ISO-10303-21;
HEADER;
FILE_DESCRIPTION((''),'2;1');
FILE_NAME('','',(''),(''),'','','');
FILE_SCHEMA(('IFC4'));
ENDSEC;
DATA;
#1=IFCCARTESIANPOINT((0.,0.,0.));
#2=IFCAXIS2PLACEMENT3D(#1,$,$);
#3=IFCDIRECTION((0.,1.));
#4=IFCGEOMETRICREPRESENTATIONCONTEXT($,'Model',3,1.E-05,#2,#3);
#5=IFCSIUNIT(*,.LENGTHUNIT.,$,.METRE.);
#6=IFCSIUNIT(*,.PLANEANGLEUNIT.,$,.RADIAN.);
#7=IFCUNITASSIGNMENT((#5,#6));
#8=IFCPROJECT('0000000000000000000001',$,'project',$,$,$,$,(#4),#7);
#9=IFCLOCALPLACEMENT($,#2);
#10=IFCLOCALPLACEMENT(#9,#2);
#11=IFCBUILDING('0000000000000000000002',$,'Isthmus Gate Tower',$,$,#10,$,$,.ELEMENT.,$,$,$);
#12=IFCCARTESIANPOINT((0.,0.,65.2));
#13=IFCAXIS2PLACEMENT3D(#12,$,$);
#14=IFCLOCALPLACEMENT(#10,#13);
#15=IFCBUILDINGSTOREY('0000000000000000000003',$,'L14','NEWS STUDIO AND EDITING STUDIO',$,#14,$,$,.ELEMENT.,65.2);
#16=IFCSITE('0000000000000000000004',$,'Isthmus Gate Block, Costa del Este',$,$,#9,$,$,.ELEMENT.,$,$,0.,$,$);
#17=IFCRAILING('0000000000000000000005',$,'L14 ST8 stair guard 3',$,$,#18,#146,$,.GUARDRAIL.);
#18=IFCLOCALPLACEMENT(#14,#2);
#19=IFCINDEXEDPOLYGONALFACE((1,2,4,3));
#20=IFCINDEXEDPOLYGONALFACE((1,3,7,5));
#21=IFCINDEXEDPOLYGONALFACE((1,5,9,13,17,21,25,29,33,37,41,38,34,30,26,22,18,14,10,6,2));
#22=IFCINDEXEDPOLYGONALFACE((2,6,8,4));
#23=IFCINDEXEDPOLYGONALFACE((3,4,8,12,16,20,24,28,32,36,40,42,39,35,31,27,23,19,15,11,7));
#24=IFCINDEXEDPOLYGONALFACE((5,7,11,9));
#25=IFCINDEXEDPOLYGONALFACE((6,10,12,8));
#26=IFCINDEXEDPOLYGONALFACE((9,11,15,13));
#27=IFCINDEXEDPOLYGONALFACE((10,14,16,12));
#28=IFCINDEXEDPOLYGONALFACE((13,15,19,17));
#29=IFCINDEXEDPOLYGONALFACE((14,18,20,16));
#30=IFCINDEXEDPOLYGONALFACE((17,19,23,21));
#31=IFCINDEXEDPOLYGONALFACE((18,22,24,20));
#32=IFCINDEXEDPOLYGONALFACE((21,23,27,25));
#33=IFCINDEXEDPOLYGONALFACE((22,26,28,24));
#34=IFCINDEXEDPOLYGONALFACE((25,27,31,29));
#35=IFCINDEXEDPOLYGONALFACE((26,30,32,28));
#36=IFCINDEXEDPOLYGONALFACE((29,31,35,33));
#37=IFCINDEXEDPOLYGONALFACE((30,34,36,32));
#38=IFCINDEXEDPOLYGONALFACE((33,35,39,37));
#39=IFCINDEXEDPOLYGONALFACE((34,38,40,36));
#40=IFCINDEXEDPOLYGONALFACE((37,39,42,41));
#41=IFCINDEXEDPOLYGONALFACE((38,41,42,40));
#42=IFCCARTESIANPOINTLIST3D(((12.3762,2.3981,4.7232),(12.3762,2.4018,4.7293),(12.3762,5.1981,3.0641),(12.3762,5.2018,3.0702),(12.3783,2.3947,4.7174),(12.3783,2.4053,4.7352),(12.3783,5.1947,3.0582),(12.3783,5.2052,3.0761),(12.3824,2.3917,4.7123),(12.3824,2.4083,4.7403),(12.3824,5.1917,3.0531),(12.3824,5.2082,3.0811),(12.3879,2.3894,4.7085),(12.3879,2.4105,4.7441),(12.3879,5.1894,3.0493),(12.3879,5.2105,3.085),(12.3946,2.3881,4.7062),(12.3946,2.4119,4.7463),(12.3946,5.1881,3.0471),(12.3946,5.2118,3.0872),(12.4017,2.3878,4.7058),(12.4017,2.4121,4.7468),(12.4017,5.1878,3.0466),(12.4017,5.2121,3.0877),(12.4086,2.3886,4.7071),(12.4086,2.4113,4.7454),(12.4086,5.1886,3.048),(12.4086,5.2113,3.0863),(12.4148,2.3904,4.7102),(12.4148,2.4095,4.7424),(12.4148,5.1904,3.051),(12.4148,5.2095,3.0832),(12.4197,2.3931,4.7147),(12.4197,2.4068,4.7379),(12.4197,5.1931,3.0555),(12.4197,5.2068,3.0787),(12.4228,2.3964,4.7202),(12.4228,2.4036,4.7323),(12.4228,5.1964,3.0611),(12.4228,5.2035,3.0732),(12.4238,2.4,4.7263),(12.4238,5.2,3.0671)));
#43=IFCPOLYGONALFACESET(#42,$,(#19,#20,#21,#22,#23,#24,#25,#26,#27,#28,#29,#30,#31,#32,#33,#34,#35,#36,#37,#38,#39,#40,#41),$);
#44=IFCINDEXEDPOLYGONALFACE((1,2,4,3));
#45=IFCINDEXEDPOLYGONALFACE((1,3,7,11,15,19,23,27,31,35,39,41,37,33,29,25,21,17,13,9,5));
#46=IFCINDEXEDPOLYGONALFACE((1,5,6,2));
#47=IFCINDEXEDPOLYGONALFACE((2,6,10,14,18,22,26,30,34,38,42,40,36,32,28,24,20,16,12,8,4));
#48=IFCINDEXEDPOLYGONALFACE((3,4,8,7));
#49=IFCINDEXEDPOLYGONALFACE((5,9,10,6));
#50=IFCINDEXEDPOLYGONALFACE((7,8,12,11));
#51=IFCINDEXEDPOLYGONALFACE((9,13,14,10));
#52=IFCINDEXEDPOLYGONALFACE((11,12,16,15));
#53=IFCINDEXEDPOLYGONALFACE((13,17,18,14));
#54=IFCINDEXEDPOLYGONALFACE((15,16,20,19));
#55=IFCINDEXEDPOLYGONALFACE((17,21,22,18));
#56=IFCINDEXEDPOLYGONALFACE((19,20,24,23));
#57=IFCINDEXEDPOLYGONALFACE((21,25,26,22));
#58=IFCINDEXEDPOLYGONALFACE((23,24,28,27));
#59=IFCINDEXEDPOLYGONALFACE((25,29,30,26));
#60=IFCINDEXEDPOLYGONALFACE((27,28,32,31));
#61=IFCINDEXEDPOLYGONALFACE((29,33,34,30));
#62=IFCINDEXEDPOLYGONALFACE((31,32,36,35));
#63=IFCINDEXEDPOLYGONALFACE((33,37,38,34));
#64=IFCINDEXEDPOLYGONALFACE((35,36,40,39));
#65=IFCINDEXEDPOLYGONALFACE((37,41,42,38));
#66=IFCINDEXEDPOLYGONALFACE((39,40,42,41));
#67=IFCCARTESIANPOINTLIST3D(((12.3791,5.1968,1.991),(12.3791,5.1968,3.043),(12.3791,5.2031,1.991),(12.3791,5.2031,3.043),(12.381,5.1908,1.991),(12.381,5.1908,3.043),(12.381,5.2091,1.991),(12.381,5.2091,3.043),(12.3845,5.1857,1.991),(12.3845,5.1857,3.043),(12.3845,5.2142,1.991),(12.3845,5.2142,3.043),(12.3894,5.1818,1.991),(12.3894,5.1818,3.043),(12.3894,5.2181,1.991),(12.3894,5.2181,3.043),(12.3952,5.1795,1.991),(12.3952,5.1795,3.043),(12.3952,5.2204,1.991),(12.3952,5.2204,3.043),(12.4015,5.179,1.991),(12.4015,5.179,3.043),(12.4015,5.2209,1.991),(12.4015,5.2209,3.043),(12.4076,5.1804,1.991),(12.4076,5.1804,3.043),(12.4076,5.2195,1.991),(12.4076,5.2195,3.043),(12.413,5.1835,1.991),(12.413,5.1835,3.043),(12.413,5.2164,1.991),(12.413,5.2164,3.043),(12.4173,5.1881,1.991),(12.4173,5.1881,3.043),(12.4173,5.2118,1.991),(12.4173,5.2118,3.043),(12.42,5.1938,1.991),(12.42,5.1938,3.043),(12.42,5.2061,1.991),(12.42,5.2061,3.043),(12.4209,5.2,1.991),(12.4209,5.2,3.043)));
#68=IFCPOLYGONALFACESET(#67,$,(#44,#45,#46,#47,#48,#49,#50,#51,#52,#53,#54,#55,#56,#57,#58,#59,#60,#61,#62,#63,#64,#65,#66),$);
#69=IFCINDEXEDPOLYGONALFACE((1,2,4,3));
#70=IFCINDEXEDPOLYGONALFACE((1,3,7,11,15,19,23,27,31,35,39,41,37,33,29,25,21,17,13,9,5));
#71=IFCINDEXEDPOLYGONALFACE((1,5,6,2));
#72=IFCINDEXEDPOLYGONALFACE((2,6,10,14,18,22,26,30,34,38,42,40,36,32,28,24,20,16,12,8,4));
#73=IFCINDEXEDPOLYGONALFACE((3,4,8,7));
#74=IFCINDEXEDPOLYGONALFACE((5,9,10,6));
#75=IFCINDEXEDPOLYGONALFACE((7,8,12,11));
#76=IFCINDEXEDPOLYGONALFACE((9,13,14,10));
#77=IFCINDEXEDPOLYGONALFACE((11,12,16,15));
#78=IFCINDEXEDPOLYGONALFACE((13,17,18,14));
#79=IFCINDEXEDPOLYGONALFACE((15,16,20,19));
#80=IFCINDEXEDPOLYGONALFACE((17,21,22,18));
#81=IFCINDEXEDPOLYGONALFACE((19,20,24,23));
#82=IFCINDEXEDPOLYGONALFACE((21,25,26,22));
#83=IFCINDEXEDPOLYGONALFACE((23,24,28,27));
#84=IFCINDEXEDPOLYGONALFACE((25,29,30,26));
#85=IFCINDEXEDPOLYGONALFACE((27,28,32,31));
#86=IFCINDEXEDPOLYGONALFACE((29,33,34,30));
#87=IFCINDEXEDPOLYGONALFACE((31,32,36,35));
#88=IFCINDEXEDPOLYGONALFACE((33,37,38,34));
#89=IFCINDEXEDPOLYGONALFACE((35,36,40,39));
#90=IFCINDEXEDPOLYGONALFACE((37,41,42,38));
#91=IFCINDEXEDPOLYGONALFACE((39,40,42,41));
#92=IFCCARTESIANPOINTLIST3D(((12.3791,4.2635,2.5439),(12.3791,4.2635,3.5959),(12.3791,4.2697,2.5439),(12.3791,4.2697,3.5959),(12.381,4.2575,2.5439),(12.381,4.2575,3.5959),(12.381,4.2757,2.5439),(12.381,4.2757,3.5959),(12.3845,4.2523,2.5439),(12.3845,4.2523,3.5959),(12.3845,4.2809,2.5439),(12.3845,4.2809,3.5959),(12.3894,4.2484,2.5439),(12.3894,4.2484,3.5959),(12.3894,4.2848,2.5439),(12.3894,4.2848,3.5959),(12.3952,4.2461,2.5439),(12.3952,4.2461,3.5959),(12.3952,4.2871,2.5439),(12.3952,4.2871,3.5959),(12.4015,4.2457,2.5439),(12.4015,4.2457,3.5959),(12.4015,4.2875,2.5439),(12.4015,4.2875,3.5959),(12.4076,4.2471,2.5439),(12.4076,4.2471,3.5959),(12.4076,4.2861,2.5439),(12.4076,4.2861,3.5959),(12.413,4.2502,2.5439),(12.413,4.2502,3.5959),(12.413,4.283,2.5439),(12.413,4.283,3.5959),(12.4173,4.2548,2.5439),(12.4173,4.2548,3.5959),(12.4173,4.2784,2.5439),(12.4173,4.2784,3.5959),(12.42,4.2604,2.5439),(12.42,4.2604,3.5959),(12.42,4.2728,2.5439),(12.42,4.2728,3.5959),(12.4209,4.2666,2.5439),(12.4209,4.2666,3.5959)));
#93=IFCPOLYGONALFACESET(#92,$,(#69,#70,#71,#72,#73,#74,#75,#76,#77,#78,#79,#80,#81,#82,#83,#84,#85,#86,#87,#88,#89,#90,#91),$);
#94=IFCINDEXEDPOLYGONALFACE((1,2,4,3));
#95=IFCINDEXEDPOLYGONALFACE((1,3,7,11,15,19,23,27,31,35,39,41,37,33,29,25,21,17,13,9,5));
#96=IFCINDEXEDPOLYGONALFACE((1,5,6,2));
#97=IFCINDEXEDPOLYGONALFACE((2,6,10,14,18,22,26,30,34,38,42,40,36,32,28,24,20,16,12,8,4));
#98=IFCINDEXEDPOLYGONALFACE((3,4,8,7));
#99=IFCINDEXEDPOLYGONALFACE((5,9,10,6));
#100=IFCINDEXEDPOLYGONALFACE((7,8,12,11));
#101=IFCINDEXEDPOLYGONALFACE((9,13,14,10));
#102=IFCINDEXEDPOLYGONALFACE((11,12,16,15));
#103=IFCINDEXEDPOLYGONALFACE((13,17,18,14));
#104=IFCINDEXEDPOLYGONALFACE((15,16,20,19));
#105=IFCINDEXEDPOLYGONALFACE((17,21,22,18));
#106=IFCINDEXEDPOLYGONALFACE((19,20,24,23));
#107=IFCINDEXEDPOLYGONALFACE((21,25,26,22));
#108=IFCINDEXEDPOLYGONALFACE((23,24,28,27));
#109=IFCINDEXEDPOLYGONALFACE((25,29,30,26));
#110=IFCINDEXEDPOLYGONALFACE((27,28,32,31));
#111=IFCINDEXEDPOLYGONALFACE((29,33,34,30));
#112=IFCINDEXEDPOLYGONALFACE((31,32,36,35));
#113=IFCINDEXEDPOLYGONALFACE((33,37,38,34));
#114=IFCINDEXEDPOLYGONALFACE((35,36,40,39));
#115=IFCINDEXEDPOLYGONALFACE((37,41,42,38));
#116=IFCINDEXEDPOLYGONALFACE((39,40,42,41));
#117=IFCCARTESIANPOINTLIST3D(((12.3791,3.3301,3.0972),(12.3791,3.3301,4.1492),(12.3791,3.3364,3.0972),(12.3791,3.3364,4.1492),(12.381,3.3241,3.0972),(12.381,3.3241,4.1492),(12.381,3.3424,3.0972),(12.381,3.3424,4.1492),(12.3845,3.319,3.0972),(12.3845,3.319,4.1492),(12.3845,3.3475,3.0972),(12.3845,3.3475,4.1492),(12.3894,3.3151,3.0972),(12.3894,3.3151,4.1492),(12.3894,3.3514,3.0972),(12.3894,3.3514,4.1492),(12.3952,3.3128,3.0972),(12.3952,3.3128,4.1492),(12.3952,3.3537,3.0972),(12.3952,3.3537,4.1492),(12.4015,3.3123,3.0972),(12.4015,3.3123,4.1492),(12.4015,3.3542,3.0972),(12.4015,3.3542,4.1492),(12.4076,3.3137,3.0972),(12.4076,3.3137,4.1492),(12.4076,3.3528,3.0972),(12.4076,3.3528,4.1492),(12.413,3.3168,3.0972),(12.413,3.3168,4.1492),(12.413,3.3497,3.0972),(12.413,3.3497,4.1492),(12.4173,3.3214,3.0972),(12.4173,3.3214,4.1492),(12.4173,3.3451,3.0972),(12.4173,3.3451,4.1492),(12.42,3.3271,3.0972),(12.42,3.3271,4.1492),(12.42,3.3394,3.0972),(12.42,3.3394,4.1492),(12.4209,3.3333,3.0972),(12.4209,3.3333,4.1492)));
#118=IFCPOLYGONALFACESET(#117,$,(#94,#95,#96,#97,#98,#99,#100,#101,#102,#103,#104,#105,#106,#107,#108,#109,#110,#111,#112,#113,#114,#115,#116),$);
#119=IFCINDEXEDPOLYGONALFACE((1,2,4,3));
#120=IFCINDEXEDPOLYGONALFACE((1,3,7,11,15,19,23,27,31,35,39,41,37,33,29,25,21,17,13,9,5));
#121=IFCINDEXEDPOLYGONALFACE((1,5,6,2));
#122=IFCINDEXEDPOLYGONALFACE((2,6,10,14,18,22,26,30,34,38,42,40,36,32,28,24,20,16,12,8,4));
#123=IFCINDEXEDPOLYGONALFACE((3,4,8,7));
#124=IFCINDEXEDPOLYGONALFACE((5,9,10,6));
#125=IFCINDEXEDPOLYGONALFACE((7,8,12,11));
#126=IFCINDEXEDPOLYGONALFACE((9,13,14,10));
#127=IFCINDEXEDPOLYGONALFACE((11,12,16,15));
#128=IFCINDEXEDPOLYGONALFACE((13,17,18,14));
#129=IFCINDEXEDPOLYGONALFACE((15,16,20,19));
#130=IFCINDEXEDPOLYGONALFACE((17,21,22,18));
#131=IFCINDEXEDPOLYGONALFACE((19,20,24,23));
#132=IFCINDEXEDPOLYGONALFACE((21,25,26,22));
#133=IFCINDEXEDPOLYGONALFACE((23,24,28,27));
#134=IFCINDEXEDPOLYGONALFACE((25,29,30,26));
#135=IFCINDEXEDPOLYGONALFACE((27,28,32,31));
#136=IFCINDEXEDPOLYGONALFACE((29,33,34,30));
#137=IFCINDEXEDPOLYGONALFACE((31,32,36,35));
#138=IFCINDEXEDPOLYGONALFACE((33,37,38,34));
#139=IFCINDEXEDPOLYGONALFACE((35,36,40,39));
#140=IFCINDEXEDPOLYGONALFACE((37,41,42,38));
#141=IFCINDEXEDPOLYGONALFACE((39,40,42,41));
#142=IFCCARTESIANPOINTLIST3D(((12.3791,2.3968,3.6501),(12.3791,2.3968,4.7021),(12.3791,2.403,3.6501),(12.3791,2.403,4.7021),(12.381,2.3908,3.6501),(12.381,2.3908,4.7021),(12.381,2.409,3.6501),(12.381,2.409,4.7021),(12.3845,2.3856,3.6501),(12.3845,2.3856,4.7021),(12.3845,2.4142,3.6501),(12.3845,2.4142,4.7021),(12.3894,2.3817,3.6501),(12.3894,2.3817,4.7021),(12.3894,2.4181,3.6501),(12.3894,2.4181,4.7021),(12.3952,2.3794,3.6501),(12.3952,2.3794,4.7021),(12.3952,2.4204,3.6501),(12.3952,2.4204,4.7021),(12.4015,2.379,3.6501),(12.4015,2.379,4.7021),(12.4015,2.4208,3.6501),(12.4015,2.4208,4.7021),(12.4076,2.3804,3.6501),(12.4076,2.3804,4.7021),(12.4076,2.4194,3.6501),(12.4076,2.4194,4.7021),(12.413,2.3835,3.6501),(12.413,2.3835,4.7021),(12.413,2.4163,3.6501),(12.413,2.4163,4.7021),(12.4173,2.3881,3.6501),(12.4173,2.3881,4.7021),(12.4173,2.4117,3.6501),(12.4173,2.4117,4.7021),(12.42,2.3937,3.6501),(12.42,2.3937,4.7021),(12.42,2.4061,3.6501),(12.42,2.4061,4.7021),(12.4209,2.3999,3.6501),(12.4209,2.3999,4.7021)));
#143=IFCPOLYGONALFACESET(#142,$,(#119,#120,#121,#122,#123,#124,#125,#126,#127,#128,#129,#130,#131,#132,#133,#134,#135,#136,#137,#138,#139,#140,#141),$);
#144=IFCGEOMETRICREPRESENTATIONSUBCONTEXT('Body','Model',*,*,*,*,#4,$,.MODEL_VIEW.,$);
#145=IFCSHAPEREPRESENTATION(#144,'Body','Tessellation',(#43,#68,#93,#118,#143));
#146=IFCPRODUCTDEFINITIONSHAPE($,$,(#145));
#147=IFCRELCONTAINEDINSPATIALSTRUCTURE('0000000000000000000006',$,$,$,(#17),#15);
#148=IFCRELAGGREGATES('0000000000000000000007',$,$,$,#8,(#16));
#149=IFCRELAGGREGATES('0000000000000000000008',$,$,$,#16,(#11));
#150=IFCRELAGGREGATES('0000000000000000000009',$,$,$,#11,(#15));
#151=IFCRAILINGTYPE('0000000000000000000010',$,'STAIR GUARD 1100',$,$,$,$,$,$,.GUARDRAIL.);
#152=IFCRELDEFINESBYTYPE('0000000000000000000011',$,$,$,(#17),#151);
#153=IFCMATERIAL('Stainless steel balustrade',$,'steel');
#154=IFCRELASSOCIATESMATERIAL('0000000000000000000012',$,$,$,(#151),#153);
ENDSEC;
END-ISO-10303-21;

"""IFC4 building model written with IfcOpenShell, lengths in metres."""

from ifc_helpers import new_model, si_unit, direction, frame, origin, origin_2d, place, context, subcontext, project, spatial, circle, extrude, material, type_object, element, save


model = new_model("IFC4")

# Units and contexts
model_context = context("Model", 3, precision=1e-05, world=origin(), true_north=direction((0.0, 1.0)))
body_context = subcontext(model_context, "Body", "Model", "MODEL_VIEW")
ifc_project = project(units=[si_unit("LENGTHUNIT", "METRE"), si_unit("PLANEANGLEUNIT", "RADIAN")], contexts=[model_context])

# Site, building, storey
site_placement = place(None, origin())
site = spatial("IfcSite", under=ifc_project, at=site_placement, Name="Isthmus Gate Block, Costa del Este", CompositionType="ELEMENT", RefElevation=0.0)
building_placement = place(site_placement, origin())
building = spatial("IfcBuilding", under=site, at=building_placement, Name="Isthmus Gate Tower", CompositionType="ELEMENT")
storey_placement = place(building_placement, frame((0.0, 0.0, 65.2)))
storey = spatial("IfcBuildingStorey", under=building, at=storey_placement, Name="L14", Description="NEWS STUDIO AND EDITING STUDIO", CompositionType="ELEMENT", Elevation=65.2)

# Railing
ifc_material_1 = material(Name="Stainless steel balustrade", Category="steel")
railing_type_1 = type_object("IfcRailingType", Name="STAIR GUARD 1100", PredefinedType="GUARDRAIL", material=ifc_material_1)
railing_1_placement = place(storey_placement, frame((12.3999, 5.2, 1.991)))
element("IfcRailing", 1, at=railing_1_placement, inside=storey, type_object=railing_type_1, Name="L14 ST8 stair guard 3", PredefinedType="GUARDRAIL", context=body_context, shape_type="SweptSolid", body=[
    extrude(circle(Radius=0.0239, at=origin_2d()), frame((0.0, 0.0, 1.0762), z_axis=(0.0, -0.860306, 0.509778), x_axis=(1.0, 0.0, 0.0)), (0.0, 0.0, 1.0), 3.2546),
    extrude(circle(Radius=0.021, at=origin_2d()), origin(), (0.0, 0.0, 1.0), 1.052),
    extrude(circle(Radius=0.021, at=origin_2d()), frame((0.0, -0.9333, 0.553)), (0.0, 0.0, 1.0), 1.052),
    extrude(circle(Radius=0.021, at=origin_2d()), frame((0.0, -1.8667, 1.1062)), (0.0, 0.0, 1.0), 1.052),
    extrude(circle(Radius=0.021, at=origin_2d()), frame((0.0, -2.8, 1.6592)), (0.0, 0.0, 1.0), 1.052),
])

save(model, "model.ifc")
